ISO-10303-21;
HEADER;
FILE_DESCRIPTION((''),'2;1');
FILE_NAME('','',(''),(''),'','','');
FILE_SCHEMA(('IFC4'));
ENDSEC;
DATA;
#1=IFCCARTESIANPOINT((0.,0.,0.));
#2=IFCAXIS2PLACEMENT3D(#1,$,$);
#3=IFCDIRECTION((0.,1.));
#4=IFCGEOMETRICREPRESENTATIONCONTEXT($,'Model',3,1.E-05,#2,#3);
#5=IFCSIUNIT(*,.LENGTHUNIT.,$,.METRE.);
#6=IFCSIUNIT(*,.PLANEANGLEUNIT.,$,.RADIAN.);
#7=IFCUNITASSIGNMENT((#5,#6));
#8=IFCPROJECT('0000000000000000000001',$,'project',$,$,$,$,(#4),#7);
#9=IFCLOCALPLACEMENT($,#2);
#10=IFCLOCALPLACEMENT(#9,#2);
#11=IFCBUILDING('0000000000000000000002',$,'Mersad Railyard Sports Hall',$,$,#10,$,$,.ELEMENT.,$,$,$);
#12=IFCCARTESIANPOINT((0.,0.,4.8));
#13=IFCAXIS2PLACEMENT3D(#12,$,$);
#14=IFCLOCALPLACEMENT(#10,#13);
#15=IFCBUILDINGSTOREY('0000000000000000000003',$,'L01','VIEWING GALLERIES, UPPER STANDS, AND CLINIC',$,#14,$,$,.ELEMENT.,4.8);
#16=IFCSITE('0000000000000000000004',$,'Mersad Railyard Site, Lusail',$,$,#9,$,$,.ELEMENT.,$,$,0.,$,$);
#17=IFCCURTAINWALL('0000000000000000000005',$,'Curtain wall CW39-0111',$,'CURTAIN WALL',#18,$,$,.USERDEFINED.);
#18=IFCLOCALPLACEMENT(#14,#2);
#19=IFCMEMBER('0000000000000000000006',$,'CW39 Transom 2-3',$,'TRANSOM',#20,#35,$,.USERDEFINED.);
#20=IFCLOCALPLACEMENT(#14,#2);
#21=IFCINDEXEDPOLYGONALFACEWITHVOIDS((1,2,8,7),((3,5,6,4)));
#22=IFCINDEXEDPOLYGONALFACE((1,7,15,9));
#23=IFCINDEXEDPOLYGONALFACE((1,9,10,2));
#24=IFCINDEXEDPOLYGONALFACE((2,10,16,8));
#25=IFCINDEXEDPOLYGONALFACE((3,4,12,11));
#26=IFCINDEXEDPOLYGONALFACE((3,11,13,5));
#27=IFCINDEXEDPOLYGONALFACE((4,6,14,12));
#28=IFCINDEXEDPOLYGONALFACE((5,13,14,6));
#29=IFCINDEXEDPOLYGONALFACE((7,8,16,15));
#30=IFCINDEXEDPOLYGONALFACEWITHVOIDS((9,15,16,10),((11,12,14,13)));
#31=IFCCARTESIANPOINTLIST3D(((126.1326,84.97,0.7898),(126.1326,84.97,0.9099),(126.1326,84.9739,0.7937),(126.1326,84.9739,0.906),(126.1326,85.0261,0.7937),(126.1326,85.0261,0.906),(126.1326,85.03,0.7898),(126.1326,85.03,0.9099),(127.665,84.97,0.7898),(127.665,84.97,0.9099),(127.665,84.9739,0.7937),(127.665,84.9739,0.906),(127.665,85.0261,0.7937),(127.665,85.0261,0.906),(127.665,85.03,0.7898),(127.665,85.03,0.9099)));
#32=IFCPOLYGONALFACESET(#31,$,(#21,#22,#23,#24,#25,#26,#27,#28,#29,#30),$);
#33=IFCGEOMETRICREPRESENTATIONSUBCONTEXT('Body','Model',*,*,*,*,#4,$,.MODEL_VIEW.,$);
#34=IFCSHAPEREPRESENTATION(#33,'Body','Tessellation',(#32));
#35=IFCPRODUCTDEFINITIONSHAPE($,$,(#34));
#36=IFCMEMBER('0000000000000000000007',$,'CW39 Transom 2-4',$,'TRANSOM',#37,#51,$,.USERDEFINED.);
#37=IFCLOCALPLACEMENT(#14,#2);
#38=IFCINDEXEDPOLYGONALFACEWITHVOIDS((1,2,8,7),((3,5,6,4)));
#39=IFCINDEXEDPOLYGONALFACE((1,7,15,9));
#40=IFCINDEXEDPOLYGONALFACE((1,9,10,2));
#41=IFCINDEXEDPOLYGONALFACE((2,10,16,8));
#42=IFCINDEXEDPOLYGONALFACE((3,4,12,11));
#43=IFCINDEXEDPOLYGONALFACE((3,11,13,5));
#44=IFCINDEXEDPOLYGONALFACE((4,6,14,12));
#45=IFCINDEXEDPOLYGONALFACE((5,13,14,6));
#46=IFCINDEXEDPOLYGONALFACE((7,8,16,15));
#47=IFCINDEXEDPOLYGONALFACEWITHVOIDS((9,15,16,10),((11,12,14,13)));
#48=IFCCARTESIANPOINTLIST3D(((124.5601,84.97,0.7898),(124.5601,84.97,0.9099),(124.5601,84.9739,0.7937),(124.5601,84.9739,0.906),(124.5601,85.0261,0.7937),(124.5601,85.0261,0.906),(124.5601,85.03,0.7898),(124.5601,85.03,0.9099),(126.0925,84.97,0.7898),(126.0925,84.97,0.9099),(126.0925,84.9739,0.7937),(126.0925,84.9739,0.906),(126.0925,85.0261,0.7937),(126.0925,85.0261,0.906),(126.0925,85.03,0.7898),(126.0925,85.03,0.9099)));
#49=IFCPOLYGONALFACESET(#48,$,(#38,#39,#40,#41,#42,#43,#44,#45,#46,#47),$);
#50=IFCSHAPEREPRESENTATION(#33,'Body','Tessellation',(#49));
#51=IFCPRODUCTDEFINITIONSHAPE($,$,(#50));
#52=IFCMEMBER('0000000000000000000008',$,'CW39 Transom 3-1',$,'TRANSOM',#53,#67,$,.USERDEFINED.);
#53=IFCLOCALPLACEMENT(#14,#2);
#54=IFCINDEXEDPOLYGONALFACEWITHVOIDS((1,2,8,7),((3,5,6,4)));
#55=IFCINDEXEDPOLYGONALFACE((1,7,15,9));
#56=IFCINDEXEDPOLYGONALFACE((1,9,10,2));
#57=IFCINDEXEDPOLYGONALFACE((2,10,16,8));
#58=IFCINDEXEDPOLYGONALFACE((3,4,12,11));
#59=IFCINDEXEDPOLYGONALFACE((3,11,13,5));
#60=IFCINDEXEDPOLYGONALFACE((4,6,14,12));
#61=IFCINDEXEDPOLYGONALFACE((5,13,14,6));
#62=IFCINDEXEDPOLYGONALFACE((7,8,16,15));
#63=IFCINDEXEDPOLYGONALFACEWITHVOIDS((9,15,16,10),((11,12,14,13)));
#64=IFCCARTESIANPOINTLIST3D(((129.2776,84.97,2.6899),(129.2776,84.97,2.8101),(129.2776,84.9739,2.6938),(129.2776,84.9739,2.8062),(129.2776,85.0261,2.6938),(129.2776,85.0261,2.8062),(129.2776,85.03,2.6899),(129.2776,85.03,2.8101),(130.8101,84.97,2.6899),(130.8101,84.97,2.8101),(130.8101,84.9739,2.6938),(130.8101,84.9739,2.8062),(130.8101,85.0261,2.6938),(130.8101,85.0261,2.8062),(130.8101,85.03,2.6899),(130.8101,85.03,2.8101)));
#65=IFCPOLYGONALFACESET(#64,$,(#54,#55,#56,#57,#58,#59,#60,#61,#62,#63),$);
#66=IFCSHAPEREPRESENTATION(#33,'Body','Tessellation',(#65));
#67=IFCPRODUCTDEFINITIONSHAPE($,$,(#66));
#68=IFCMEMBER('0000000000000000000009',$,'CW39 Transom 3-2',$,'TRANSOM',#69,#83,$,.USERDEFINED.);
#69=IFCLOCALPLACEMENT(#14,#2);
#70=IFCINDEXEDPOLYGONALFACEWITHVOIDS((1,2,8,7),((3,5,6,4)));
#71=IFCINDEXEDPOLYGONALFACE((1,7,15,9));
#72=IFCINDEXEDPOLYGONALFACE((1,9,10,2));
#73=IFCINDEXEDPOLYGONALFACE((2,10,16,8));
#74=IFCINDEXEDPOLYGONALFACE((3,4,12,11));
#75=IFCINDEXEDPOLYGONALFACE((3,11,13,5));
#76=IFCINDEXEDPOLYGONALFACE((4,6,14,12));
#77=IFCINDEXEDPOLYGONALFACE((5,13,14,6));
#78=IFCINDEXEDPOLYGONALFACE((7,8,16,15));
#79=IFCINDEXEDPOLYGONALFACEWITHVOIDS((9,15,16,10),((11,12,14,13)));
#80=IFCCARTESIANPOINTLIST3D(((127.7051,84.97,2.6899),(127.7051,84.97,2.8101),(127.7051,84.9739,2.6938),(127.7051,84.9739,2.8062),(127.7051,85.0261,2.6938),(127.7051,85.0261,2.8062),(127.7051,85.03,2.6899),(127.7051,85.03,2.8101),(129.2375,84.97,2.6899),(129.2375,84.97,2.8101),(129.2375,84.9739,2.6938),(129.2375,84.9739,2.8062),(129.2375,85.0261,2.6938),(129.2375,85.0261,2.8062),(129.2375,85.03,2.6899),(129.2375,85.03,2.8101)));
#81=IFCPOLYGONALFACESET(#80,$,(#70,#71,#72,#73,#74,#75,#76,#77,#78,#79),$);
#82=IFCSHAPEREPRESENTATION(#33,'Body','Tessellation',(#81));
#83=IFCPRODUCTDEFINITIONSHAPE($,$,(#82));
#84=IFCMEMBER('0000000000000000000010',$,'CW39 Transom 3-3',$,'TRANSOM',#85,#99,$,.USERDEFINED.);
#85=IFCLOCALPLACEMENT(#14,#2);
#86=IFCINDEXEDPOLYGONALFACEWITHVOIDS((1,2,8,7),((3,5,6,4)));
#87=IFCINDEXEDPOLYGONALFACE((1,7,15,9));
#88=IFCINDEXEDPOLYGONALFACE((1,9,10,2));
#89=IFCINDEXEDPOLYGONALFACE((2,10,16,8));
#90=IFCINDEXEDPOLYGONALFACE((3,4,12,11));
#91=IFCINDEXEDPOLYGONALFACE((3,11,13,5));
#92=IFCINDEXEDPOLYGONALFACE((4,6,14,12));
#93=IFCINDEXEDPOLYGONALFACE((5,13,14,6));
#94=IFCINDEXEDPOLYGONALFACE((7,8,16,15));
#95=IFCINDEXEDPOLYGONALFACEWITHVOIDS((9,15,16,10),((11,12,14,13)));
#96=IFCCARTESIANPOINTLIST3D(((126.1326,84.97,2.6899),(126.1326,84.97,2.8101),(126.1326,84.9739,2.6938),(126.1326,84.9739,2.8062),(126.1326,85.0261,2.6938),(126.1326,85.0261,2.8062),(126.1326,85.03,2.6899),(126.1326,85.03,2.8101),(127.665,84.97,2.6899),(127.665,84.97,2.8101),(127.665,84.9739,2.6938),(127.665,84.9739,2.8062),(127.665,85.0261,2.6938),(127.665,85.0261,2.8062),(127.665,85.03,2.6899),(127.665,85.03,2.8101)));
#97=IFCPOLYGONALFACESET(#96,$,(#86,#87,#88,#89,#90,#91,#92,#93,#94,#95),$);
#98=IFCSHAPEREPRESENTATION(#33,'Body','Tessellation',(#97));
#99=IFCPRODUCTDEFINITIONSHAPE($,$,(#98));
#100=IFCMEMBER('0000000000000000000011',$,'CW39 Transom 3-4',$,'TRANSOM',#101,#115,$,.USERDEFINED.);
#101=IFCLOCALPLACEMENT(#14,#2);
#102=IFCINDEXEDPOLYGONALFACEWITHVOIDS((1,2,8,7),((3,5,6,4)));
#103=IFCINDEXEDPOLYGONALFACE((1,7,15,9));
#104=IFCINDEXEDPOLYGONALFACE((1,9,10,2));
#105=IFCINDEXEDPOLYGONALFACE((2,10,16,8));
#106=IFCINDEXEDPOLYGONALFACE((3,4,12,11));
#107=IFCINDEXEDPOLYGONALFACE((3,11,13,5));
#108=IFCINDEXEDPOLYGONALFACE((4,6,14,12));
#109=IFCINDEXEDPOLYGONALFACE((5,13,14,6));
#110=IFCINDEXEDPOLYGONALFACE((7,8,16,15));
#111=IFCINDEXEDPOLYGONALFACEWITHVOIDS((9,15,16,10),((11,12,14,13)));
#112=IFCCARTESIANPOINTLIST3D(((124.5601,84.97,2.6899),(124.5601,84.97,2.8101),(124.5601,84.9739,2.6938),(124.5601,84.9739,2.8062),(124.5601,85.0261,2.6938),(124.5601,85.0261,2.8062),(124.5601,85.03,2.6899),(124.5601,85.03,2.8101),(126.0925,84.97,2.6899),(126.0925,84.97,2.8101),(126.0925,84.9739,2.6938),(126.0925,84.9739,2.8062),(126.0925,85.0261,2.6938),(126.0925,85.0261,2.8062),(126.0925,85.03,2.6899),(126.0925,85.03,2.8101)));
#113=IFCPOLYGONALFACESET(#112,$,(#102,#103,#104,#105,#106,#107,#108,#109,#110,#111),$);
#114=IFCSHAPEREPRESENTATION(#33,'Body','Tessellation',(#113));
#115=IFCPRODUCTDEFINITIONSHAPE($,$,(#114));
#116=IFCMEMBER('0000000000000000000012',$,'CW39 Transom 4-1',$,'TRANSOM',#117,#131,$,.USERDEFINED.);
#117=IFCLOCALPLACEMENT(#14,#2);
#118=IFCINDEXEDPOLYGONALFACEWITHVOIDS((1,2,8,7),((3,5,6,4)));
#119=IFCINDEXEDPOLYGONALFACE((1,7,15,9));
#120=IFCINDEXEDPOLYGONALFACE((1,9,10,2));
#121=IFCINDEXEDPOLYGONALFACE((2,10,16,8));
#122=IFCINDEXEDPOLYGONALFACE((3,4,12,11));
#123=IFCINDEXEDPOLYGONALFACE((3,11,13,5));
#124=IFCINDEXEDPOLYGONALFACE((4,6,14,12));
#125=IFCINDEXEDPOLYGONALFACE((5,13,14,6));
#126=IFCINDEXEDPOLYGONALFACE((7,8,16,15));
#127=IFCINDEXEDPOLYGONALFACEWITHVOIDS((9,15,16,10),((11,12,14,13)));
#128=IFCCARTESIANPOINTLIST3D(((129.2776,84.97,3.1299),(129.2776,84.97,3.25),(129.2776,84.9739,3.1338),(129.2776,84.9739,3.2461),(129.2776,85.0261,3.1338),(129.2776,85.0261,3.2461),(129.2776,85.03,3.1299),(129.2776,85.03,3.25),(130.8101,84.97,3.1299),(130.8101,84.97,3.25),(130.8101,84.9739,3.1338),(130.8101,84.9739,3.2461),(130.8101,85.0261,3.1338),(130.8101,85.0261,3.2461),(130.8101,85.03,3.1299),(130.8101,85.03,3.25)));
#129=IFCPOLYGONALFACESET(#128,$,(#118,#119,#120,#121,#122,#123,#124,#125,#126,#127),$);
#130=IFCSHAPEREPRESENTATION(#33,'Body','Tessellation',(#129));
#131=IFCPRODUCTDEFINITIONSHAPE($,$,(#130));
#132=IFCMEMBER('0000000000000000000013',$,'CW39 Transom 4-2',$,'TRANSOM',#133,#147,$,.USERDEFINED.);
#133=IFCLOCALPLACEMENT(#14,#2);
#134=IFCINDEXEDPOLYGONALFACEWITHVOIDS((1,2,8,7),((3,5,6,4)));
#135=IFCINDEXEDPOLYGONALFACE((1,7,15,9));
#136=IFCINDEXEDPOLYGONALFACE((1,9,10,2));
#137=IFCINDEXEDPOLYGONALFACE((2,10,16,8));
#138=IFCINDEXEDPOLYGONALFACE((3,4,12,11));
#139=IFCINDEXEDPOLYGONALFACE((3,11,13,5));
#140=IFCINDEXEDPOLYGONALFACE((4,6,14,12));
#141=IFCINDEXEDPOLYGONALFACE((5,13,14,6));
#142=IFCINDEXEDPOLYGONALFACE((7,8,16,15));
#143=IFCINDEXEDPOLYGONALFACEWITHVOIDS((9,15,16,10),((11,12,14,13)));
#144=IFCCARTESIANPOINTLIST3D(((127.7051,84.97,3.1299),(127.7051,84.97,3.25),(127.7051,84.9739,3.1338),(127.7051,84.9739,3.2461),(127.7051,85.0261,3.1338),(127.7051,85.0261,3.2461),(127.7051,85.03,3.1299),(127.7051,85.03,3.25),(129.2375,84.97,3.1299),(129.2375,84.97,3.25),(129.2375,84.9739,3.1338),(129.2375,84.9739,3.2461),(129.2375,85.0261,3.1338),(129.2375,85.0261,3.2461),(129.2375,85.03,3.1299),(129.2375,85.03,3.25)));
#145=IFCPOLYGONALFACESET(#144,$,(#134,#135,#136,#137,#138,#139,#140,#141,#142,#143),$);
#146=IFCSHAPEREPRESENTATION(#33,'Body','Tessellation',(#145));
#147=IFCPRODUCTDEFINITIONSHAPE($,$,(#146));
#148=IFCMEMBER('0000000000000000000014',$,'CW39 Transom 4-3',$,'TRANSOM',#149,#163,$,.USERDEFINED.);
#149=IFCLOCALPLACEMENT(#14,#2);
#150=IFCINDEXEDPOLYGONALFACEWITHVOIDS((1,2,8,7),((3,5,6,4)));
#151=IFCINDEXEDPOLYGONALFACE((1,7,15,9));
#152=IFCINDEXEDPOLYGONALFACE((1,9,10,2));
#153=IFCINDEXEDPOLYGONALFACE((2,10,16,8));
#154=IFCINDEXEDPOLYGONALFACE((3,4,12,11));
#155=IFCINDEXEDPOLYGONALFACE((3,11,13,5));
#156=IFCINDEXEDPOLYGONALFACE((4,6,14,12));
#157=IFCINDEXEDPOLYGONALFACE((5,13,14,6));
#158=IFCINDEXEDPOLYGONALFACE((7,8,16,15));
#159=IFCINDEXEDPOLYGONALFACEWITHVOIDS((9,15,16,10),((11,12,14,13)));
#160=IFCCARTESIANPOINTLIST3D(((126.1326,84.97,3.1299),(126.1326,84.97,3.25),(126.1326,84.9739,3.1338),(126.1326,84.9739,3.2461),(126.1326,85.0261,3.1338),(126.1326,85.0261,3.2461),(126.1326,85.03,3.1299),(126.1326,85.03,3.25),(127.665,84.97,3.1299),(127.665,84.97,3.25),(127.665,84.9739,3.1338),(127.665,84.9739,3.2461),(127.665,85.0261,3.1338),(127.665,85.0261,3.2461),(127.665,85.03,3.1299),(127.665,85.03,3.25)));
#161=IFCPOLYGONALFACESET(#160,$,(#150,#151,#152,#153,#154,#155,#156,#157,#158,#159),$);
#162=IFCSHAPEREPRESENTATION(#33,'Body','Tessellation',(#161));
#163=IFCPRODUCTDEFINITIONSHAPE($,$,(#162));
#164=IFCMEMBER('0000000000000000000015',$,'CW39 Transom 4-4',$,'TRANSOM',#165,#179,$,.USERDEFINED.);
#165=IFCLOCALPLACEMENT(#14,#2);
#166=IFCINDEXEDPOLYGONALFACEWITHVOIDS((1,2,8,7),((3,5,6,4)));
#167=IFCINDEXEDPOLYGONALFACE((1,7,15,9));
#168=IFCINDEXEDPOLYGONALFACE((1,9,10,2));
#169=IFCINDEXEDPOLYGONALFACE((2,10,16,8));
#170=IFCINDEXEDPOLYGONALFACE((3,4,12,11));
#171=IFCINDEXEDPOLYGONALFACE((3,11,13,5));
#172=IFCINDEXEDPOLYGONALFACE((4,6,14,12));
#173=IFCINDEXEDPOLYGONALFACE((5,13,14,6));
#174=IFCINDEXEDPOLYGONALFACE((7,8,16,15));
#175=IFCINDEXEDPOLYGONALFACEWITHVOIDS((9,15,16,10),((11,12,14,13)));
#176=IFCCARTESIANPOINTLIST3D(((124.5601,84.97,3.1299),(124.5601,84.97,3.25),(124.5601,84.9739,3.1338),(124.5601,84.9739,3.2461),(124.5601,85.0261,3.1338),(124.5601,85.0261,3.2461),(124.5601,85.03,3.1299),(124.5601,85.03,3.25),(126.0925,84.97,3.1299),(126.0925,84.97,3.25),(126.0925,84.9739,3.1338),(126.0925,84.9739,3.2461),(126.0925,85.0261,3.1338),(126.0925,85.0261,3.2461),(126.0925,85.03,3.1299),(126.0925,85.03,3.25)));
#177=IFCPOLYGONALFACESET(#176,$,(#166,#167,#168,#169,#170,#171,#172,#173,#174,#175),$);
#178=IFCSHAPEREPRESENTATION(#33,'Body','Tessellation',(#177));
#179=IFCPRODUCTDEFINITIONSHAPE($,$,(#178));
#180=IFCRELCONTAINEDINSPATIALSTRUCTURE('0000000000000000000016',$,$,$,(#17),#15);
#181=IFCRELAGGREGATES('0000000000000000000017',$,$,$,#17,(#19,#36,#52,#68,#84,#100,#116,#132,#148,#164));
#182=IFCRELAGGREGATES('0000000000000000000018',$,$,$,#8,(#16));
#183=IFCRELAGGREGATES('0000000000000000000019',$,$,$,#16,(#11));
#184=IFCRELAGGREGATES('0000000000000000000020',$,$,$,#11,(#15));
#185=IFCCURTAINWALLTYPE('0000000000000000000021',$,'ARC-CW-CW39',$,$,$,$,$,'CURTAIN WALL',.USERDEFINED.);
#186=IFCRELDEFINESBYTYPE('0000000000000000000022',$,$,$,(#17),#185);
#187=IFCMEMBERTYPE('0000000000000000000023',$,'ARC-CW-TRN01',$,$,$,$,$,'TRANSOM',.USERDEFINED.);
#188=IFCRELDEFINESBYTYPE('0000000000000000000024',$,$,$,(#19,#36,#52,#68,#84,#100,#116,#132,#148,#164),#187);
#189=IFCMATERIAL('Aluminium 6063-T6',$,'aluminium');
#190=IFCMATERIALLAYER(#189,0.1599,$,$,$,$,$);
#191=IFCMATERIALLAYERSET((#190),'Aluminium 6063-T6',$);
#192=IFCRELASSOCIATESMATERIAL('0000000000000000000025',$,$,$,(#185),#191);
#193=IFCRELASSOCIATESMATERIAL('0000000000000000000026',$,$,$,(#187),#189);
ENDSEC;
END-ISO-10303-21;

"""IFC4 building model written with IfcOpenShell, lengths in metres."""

from ifc_helpers import new_model, si_unit, direction, frame, origin, origin_2d, place, context, subcontext, project, spatial, hollow_rectangle, extrude, material, layer, layer_set, material_profile, profile_set, type_object, element, aggregate, save


model = new_model("IFC4")

# Units and contexts
model_context = context("Model", 3, precision=1e-05, world=origin(), true_north=direction((0.0, 1.0)))
body_context = subcontext(model_context, "Body", "Model", "MODEL_VIEW")
ifc_project = project(units=[si_unit("LENGTHUNIT", "METRE"), si_unit("PLANEANGLEUNIT", "RADIAN")], contexts=[model_context])

# Site, building, storey
site_placement = place(None, origin())
site = spatial("IfcSite", under=ifc_project, at=site_placement, Name="Mersad Railyard Site, Lusail", CompositionType="ELEMENT", RefElevation=0.0)
building_placement = place(site_placement, origin())
building = spatial("IfcBuilding", under=site, at=building_placement, Name="Mersad Railyard Sports Hall", CompositionType="ELEMENT")
storey_placement = place(building_placement, frame((0.0, 0.0, 4.8)))
storey = spatial("IfcBuildingStorey", under=building, at=storey_placement, Name="L01", Description="VIEWING GALLERIES, UPPER STANDS, AND CLINIC", CompositionType="ELEMENT", Elevation=4.8)

# Curtain wall, members
ifc_material_1 = material(Name="Aluminium 6063-T6", Category="aluminium")
ifc_layer_1 = layer(ifc_material_1, 0.1599)
ifc_layer_set_1 = layer_set([ifc_layer_1], Name="Aluminium 6063-T6")
curtain_wall_type = type_object("IfcCurtainWallType", Name="ARC-CW-CW39", ElementType="CURTAIN WALL", PredefinedType="USERDEFINED", material=ifc_layer_set_1)
curtain_wall_placement = place(storey_placement, origin())
curtain_wall = element("IfcCurtainWall", 1, at=curtain_wall_placement, inside=storey, type_object=curtain_wall_type, Name="Curtain wall CW39-0111", ObjectType="CURTAIN WALL", PredefinedType="USERDEFINED")
ifc_material_profile_1 = material_profile(ifc_material_1, hollow_rectangle(XDim=0.0601, YDim=0.1201, WallThickness=0.0039, at=origin_2d()), Name="AL TRANSOM 60x120x4")
ifc_profile_set_1 = profile_set([ifc_material_profile_1], Name="Aluminium 6063-T6")
member_type_1 = type_object("IfcMemberType", Name="ARC-CW-TRN01", ElementType="TRANSOM", PredefinedType="USERDEFINED", material=ifc_profile_set_1)
member_1_placement = place(storey_placement, frame((127.665, 85.0, 0.8499), z_axis=(-1.0, 0.0, 0.0), x_axis=(0.0, -1.0, 0.0)))
member_1 = element("IfcMember", 2, at=member_1_placement, type_object=member_type_1, Name="CW39 Transom 2-3", ObjectType="TRANSOM", PredefinedType="USERDEFINED", context=body_context, shape_type="SweptSolid", body=[
    extrude(hollow_rectangle(XDim=0.0601, YDim=0.1201, WallThickness=0.0039, at=origin_2d()), origin(), (0.0, 0.0, 1.0), 1.5325),
])
member_2_placement = place(storey_placement, frame((126.0925, 85.0, 0.8499), z_axis=(-1.0, 0.0, 0.0), x_axis=(0.0, -1.0, 0.0)))
member_2 = element("IfcMember", 3, at=member_2_placement, type_object=member_type_1, Name="CW39 Transom 2-4", ObjectType="TRANSOM", PredefinedType="USERDEFINED", context=body_context, shape_type="SweptSolid", body=[
    extrude(hollow_rectangle(XDim=0.0601, YDim=0.1201, WallThickness=0.0039, at=origin_2d()), origin(), (0.0, 0.0, 1.0), 1.5325),
])
member_3_placement = place(storey_placement, frame((130.8101, 85.0, 2.75), z_axis=(-1.0, 0.0, 0.0), x_axis=(0.0, -1.0, 0.0)))
member_3 = element("IfcMember", 4, at=member_3_placement, type_object=member_type_1, Name="CW39 Transom 3-1", ObjectType="TRANSOM", PredefinedType="USERDEFINED", context=body_context, shape_type="SweptSolid", body=[
    extrude(hollow_rectangle(XDim=0.0601, YDim=0.1201, WallThickness=0.0039, at=origin_2d()), origin(), (0.0, 0.0, 1.0), 1.5325),
])
member_4_placement = place(storey_placement, frame((129.2375, 85.0, 2.75), z_axis=(-1.0, 0.0, 0.0), x_axis=(0.0, -1.0, 0.0)))
member_4 = element("IfcMember", 5, at=member_4_placement, type_object=member_type_1, Name="CW39 Transom 3-2", ObjectType="TRANSOM", PredefinedType="USERDEFINED", context=body_context, shape_type="SweptSolid", body=[
    extrude(hollow_rectangle(XDim=0.0601, YDim=0.1201, WallThickness=0.0039, at=origin_2d()), origin(), (0.0, 0.0, 1.0), 1.5325),
])
member_5_placement = place(storey_placement, frame((127.665, 85.0, 2.75), z_axis=(-1.0, 0.0, 0.0), x_axis=(0.0, -1.0, 0.0)))
member_5 = element("IfcMember", 6, at=member_5_placement, type_object=member_type_1, Name="CW39 Transom 3-3", ObjectType="TRANSOM", PredefinedType="USERDEFINED", context=body_context, shape_type="SweptSolid", body=[
    extrude(hollow_rectangle(XDim=0.0601, YDim=0.1201, WallThickness=0.0039, at=origin_2d()), origin(), (0.0, 0.0, 1.0), 1.5325),
])
member_6_placement = place(storey_placement, frame((126.0925, 85.0, 2.75), z_axis=(-1.0, 0.0, 0.0), x_axis=(0.0, -1.0, 0.0)))
member_6 = element("IfcMember", 7, at=member_6_placement, type_object=member_type_1, Name="CW39 Transom 3-4", ObjectType="TRANSOM", PredefinedType="USERDEFINED", context=body_context, shape_type="SweptSolid", body=[
    extrude(hollow_rectangle(XDim=0.0601, YDim=0.1201, WallThickness=0.0039, at=origin_2d()), origin(), (0.0, 0.0, 1.0), 1.5325),
])
member_7_placement = place(storey_placement, frame((130.8101, 85.0, 3.1899), z_axis=(-1.0, 0.0, 0.0), x_axis=(0.0, -1.0, 0.0)))
member_7 = element("IfcMember", 8, at=member_7_placement, type_object=member_type_1, Name="CW39 Transom 4-1", ObjectType="TRANSOM", PredefinedType="USERDEFINED", context=body_context, shape_type="SweptSolid", body=[
    extrude(hollow_rectangle(XDim=0.0601, YDim=0.1201, WallThickness=0.0039, at=origin_2d()), origin(), (0.0, 0.0, 1.0), 1.5325),
])
member_8_placement = place(storey_placement, frame((129.2375, 85.0, 3.1899), z_axis=(-1.0, 0.0, 0.0), x_axis=(0.0, -1.0, 0.0)))
member_8 = element("IfcMember", 9, at=member_8_placement, type_object=member_type_1, Name="CW39 Transom 4-2", ObjectType="TRANSOM", PredefinedType="USERDEFINED", context=body_context, shape_type="SweptSolid", body=[
    extrude(hollow_rectangle(XDim=0.0601, YDim=0.1201, WallThickness=0.0039, at=origin_2d()), origin(), (0.0, 0.0, 1.0), 1.5325),
])
member_9_placement = place(storey_placement, frame((127.665, 85.0, 3.1899), z_axis=(-1.0, 0.0, 0.0), x_axis=(0.0, -1.0, 0.0)))
member_9 = element("IfcMember", 10, at=member_9_placement, type_object=member_type_1, Name="CW39 Transom 4-3", ObjectType="TRANSOM", PredefinedType="USERDEFINED", context=body_context, shape_type="SweptSolid", body=[
    extrude(hollow_rectangle(XDim=0.0601, YDim=0.1201, WallThickness=0.0039, at=origin_2d()), origin(), (0.0, 0.0, 1.0), 1.5325),
])
member_10_placement = place(storey_placement, frame((126.0925, 85.0, 3.1899), z_axis=(-1.0, 0.0, 0.0), x_axis=(0.0, -1.0, 0.0)))
member_10 = element("IfcMember", 11, at=member_10_placement, type_object=member_type_1, Name="CW39 Transom 4-4", ObjectType="TRANSOM", PredefinedType="USERDEFINED", context=body_context, shape_type="SweptSolid", body=[
    extrude(hollow_rectangle(XDim=0.0601, YDim=0.1201, WallThickness=0.0039, at=origin_2d()), origin(), (0.0, 0.0, 1.0), 1.5325),
])

aggregate(curtain_wall, [member_1, member_2, member_3, member_4, member_5, member_6, member_7, member_8, member_9, member_10])

save(model, "model.ifc")
